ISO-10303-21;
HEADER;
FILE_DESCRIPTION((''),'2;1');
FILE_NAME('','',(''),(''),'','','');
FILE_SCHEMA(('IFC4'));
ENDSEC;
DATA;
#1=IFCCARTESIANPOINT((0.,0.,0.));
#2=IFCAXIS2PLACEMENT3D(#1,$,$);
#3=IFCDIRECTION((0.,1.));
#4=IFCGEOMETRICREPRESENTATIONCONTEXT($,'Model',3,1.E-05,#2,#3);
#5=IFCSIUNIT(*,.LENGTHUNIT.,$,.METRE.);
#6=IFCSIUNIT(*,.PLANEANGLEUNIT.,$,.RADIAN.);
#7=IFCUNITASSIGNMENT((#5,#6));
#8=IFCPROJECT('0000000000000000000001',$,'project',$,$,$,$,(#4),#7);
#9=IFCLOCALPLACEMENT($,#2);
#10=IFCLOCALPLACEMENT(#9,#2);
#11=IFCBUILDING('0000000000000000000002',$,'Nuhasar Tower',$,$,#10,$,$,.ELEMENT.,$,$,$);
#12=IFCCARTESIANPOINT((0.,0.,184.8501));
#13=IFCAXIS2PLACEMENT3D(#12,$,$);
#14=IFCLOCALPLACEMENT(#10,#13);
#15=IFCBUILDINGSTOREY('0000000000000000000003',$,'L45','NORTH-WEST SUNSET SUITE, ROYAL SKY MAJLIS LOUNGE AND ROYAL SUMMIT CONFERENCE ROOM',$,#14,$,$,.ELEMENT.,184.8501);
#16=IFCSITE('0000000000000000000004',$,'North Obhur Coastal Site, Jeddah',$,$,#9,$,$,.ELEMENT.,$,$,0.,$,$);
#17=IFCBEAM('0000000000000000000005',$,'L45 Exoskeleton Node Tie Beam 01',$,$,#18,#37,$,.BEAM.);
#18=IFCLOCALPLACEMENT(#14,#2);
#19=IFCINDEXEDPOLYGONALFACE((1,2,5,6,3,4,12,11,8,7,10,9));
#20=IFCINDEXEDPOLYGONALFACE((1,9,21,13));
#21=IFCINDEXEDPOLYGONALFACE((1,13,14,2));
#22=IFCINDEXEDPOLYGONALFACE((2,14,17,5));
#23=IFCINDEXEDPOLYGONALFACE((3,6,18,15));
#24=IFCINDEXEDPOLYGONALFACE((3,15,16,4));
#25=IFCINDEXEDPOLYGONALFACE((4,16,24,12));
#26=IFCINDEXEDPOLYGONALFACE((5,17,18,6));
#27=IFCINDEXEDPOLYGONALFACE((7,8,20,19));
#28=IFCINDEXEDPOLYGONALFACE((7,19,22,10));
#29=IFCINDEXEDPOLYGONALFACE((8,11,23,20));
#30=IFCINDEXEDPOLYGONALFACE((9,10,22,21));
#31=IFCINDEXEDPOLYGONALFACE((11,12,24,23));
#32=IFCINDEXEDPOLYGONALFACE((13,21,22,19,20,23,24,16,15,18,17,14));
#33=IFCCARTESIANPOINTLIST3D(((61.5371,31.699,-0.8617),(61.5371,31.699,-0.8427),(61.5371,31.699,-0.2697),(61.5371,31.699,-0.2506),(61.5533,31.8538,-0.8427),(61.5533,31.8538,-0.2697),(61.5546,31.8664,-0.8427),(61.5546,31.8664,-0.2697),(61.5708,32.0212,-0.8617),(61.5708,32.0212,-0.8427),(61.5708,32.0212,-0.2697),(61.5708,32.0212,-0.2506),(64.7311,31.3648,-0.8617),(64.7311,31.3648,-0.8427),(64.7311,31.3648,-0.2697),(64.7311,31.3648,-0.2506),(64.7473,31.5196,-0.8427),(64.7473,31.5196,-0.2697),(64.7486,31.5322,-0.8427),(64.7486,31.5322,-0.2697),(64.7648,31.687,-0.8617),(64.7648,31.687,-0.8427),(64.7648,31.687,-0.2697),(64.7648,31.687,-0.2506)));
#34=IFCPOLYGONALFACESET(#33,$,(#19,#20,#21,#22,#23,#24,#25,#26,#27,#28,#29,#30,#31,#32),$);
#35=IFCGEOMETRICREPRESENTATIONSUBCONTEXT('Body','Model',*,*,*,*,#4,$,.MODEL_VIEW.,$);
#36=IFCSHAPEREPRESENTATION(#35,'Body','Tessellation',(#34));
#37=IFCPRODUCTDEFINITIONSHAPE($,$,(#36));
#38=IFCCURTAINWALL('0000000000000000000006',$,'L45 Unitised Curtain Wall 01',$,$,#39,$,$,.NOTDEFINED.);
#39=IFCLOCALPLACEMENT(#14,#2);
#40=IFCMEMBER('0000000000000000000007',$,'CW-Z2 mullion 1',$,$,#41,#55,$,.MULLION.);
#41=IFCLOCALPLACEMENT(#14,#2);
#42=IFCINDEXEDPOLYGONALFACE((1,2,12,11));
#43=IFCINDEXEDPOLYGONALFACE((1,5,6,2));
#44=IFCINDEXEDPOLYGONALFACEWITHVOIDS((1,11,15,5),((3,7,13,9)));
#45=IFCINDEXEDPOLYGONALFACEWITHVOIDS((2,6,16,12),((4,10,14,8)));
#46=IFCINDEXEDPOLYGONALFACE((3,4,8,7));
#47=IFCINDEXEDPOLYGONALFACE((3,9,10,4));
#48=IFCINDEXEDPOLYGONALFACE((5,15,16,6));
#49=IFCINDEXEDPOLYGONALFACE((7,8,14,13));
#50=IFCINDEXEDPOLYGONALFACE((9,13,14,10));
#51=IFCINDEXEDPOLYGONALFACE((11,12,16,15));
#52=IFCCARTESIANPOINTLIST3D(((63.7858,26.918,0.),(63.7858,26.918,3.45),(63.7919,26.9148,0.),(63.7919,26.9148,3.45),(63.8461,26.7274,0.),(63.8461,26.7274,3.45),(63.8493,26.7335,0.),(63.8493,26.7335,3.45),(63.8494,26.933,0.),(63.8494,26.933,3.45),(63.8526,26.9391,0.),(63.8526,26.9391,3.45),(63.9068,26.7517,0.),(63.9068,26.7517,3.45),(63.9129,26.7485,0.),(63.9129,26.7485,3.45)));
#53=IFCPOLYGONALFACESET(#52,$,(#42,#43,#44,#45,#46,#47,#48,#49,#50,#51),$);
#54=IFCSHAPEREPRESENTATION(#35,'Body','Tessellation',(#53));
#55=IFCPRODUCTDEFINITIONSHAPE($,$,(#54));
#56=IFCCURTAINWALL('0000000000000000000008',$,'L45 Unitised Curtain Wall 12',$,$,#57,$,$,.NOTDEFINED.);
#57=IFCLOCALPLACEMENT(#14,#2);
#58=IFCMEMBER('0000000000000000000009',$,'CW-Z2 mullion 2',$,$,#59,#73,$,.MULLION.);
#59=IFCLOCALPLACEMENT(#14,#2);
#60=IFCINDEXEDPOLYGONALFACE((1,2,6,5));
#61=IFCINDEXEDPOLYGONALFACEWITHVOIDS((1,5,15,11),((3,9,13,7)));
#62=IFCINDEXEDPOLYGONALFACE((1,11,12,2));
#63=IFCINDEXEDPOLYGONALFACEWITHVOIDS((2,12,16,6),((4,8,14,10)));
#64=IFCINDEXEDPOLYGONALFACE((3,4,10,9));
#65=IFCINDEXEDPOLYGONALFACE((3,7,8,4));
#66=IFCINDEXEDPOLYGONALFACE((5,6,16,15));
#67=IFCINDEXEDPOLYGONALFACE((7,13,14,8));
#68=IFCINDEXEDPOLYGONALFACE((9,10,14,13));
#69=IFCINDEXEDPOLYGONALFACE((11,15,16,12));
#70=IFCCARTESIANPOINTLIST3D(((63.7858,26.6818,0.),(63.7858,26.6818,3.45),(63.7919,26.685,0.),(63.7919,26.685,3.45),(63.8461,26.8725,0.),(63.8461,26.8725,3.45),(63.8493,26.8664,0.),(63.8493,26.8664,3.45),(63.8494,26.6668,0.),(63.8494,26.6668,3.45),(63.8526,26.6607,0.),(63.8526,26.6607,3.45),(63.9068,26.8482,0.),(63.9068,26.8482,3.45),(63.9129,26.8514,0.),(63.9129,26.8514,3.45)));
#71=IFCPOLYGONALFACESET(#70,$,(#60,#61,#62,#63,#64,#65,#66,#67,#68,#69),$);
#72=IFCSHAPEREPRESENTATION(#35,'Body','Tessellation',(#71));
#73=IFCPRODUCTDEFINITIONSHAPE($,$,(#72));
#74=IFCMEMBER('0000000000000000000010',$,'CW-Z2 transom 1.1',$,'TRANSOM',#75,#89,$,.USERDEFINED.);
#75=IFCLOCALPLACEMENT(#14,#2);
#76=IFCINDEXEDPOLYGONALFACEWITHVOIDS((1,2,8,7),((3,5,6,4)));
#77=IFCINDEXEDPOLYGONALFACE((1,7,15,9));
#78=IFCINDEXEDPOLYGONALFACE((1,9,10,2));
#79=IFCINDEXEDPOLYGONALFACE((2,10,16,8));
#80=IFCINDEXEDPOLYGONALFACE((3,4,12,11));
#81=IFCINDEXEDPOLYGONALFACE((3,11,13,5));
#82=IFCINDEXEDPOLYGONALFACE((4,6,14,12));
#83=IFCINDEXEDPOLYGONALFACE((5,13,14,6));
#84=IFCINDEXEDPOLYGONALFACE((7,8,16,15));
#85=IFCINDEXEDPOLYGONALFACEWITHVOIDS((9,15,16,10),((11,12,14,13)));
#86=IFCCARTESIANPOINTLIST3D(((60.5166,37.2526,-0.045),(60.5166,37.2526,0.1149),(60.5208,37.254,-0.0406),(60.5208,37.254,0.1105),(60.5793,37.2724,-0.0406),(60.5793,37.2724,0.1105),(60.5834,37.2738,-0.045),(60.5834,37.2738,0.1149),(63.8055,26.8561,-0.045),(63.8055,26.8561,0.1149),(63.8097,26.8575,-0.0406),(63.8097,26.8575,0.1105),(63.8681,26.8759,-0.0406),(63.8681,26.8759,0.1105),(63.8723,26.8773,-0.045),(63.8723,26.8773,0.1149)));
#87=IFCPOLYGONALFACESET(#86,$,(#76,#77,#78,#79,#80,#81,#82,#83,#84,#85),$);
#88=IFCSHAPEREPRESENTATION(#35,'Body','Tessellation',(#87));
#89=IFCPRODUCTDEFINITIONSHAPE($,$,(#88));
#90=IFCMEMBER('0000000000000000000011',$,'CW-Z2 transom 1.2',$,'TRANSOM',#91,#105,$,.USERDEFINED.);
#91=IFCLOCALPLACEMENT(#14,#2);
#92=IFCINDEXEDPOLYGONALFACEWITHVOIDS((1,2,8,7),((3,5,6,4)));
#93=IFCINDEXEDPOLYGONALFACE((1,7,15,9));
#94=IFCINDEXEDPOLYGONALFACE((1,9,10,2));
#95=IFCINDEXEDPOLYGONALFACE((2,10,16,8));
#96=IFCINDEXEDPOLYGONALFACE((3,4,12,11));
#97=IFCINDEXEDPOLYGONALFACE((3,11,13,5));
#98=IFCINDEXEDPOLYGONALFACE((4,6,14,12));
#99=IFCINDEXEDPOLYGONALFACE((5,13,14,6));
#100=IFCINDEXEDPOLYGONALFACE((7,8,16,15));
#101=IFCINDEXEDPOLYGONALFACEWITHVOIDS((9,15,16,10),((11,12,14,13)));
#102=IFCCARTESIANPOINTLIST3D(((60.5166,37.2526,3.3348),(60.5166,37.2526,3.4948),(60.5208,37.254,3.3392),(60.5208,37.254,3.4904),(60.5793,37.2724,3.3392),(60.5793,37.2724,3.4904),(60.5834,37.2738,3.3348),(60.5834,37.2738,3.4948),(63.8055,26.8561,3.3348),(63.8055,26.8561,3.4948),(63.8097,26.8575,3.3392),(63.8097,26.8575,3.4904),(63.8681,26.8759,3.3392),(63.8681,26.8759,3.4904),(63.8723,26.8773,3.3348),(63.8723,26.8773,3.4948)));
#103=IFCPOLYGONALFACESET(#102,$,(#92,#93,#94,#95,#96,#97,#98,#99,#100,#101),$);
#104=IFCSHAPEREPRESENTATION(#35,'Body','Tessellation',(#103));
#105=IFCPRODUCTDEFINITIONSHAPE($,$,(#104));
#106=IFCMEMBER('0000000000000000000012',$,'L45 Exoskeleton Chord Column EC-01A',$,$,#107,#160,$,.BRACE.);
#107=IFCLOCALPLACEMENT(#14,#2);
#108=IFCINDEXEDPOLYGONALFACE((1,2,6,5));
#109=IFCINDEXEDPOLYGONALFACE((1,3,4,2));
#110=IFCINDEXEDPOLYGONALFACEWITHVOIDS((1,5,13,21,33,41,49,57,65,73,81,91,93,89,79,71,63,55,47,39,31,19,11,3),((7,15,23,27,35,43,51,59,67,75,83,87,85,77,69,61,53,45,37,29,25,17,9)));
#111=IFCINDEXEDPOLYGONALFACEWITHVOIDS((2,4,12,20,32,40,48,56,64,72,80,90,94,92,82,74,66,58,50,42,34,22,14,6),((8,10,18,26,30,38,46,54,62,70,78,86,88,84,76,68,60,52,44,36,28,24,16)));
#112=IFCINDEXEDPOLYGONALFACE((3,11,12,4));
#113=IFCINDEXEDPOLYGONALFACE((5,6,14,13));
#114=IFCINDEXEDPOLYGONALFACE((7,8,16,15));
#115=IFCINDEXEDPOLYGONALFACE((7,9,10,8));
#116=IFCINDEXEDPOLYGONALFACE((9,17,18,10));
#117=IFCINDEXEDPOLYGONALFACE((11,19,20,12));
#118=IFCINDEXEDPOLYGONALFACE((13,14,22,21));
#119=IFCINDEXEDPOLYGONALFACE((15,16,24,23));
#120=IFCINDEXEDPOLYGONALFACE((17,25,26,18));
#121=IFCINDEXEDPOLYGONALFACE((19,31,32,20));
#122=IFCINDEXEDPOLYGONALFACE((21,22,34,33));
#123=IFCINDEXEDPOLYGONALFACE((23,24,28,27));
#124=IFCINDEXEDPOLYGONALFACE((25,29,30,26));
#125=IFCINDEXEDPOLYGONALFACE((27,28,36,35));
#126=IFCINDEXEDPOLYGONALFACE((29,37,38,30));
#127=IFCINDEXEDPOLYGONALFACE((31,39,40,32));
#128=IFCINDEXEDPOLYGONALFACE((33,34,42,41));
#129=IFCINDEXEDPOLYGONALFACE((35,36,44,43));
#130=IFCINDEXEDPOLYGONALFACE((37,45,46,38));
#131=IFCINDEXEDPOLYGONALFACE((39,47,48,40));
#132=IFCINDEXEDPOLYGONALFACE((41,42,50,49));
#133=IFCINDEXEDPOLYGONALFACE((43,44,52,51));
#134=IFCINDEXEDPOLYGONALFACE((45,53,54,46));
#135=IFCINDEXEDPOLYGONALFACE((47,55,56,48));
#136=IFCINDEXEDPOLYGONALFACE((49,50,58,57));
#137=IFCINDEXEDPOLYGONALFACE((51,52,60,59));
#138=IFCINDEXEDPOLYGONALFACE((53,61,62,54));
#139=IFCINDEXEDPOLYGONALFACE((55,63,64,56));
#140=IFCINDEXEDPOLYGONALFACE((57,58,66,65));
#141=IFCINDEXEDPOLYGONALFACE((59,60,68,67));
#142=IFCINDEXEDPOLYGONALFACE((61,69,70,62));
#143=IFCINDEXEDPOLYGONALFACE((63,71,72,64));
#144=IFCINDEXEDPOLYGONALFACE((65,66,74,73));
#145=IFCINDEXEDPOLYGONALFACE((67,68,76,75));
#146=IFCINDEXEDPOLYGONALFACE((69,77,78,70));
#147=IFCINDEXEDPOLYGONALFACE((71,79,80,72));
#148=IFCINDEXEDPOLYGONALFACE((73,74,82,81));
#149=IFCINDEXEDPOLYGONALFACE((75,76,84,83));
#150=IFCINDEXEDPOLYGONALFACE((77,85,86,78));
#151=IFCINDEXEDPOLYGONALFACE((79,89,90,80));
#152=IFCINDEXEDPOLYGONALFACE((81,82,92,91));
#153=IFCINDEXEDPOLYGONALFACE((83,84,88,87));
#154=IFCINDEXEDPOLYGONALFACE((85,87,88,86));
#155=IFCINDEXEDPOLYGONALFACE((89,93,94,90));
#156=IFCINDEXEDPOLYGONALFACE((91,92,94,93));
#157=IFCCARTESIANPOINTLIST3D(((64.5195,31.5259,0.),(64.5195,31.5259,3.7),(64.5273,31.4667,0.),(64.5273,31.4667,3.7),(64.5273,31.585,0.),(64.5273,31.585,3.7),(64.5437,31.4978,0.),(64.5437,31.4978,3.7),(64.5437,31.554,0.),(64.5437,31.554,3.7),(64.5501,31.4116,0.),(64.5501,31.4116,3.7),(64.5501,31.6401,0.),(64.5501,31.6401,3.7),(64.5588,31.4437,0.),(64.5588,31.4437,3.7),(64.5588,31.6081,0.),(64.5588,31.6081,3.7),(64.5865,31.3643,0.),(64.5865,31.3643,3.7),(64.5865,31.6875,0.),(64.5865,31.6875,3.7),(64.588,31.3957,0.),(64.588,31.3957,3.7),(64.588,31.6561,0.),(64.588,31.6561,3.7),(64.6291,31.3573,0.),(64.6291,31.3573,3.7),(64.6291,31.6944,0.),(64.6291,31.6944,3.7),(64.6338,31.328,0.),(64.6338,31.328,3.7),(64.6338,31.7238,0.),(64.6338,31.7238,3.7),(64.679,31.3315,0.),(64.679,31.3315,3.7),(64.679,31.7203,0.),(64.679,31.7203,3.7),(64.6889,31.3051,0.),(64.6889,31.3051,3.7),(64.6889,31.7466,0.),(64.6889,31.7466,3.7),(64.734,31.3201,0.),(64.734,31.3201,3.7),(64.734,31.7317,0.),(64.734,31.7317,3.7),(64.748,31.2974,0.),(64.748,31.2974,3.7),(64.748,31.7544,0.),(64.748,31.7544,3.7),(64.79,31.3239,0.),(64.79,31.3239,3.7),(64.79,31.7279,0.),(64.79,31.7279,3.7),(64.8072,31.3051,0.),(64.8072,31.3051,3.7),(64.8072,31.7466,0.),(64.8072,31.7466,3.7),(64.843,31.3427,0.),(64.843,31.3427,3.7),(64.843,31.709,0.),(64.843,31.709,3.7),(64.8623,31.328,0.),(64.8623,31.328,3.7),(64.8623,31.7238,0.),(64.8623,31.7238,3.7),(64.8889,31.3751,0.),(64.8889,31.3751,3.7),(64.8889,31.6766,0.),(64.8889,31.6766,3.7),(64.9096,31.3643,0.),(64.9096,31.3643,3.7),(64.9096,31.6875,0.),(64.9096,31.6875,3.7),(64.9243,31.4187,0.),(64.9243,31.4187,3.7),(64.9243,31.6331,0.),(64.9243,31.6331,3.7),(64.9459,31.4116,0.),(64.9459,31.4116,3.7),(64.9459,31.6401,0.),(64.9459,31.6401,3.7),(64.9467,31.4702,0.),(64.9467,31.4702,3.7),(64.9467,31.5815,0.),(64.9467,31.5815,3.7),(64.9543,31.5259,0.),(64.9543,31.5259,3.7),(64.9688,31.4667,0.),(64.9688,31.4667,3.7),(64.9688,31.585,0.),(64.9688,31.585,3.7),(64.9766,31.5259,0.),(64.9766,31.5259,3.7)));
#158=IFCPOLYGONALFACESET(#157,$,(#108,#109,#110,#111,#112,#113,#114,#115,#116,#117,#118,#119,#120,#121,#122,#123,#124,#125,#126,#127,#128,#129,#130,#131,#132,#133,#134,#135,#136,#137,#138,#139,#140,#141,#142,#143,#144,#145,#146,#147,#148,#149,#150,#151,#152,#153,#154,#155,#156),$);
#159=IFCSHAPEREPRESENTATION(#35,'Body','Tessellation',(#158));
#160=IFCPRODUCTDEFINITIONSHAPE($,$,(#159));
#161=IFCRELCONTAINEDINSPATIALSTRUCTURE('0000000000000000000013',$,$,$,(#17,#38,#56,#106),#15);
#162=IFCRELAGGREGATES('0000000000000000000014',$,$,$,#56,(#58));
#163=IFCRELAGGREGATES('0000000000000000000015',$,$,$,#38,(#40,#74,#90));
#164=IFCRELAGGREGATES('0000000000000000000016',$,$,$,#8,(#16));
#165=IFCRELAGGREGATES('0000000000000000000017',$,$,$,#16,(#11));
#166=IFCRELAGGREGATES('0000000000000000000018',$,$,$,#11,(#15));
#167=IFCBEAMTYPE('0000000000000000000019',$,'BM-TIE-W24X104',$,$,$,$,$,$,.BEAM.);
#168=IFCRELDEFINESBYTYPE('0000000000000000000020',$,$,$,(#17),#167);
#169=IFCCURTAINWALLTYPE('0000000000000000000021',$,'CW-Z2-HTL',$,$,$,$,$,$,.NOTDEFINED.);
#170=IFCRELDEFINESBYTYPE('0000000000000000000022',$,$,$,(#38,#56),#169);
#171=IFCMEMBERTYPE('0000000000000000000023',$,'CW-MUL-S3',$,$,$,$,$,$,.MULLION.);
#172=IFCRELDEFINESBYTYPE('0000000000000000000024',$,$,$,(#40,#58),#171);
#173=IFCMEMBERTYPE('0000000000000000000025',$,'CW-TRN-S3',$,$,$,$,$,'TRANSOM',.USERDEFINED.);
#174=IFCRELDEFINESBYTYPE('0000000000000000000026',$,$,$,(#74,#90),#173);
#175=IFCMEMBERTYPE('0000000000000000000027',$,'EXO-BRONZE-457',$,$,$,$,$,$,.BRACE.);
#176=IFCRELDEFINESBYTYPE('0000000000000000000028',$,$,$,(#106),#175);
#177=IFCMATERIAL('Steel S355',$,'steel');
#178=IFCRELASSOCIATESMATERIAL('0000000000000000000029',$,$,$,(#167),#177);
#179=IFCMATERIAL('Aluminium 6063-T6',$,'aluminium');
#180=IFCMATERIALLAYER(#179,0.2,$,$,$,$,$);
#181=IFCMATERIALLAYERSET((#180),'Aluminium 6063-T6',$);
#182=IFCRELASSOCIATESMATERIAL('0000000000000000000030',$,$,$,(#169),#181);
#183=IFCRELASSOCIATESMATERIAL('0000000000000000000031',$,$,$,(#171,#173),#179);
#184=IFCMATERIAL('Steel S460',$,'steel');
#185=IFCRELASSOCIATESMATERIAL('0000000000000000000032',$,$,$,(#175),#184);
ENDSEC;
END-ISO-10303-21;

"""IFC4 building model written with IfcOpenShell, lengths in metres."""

from ifc_helpers import new_model, si_unit, direction, frame, origin, origin_2d, place, context, subcontext, project, spatial, hollow_rectangle, hollow_circle, i_section, extrude, material, layer, layer_set, material_profile, profile_set, type_object, element, aggregate, save


model = new_model("IFC4")

# Units and contexts
model_context = context("Model", 3, precision=1e-05, world=origin(), true_north=direction((0.0, 1.0)))
body_context = subcontext(model_context, "Body", "Model", "MODEL_VIEW")
ifc_project = project(units=[si_unit("LENGTHUNIT", "METRE"), si_unit("PLANEANGLEUNIT", "RADIAN")], contexts=[model_context])

# Site, building, storey
site_placement = place(None, origin())
site = spatial("IfcSite", under=ifc_project, at=site_placement, Name="North Obhur Coastal Site, Jeddah", CompositionType="ELEMENT", RefElevation=0.0)
building_placement = place(site_placement, origin())
building = spatial("IfcBuilding", under=site, at=building_placement, Name="Nuhasar Tower", CompositionType="ELEMENT")
storey_placement = place(building_placement, frame((0.0, 0.0, 184.8501)))
storey = spatial("IfcBuildingStorey", under=building, at=storey_placement, Name="L45", Description="NORTH-WEST SUNSET SUITE, ROYAL SKY MAJLIS LOUNGE AND ROYAL SUMMIT CONFERENCE ROOM", CompositionType="ELEMENT", Elevation=184.8501)

# Beam
ifc_material_1 = material(Name="Steel S355", Category="steel")
ifc_material_profile_1 = material_profile(ifc_material_1, i_section(OverallWidth=0.324, OverallDepth=0.6111, WebThickness=0.0127, FlangeThickness=0.019, at=origin_2d()), Name="W24X104")
ifc_profile_set_1 = profile_set([ifc_material_profile_1], Name="Steel S355")
beam_type_1 = type_object("IfcBeamType", Name="BM-TIE-W24X104", PredefinedType="BEAM", material=ifc_profile_set_1)
beam_1_placement = place(storey_placement, frame((61.554, 31.8601, -0.5562), z_axis=(0.99457, -0.104071, 0.0), x_axis=(0.104071, 0.99457, 0.0)))
element("IfcBeam", 1, at=beam_1_placement, inside=storey, type_object=beam_type_1, Name="L45 Exoskeleton Node Tie Beam 01", PredefinedType="BEAM", context=body_context, shape_type="SweptSolid", body=[
    extrude(i_section(OverallWidth=0.324, OverallDepth=0.6111, WebThickness=0.0127, FlangeThickness=0.019, at=origin_2d()), origin(), (0.0, 0.0, 1.0), 3.2114),
])

# Curtain walls, members
ifc_material_2 = material(Name="Aluminium 6063-T6", Category="aluminium")
ifc_layer_1 = layer(ifc_material_2, 0.2)
ifc_layer_set_1 = layer_set([ifc_layer_1], Name="Aluminium 6063-T6")
curtain_wall_type = type_object("IfcCurtainWallType", Name="CW-Z2-HTL", PredefinedType="NOTDEFINED", material=ifc_layer_set_1)
curtain_wall_1_placement = place(storey_placement, origin())
curtain_wall_1 = element("IfcCurtainWall", 2, at=curtain_wall_1_placement, inside=storey, type_object=curtain_wall_type, Name="L45 Unitised Curtain Wall 01", PredefinedType="NOTDEFINED")
ifc_material_profile_2 = material_profile(ifc_material_2, hollow_rectangle(XDim=0.0701, YDim=0.2, WallThickness=0.0049, at=origin_2d()), Name="CWM-3")
ifc_profile_set_2 = profile_set([ifc_material_profile_2], Name="Aluminium 6063-T6")
member_type_1 = type_object("IfcMemberType", Name="CW-MUL-S3", PredefinedType="MULLION", material=ifc_profile_set_2)
member_1_placement = place(storey_placement, frame((63.8494, 26.8333, 0.0), z_axis=(0.0, 0.0, 1.0), x_axis=(-0.953433, -0.301604, 0.0)))
member_1 = element("IfcMember", 3, at=member_1_placement, type_object=member_type_1, Name="CW-Z2 mullion 1", PredefinedType="MULLION", context=body_context, shape_type="SweptSolid", body=[
    extrude(hollow_rectangle(XDim=0.0701, YDim=0.2, WallThickness=0.0049, at=origin_2d()), origin(), (0.0, 0.0, 1.0), 3.45),
])
curtain_wall_2_placement = place(storey_placement, origin())
curtain_wall_2 = element("IfcCurtainWall", 4, at=curtain_wall_2_placement, inside=storey, type_object=curtain_wall_type, Name="L45 Unitised Curtain Wall 12", PredefinedType="NOTDEFINED")
member_2_placement = place(storey_placement, frame((63.8494, 26.7666, 0.0), z_axis=(0.0, 0.0, 1.0), x_axis=(-0.953433, 0.301604, 0.0)))
member_2 = element("IfcMember", 5, at=member_2_placement, type_object=member_type_1, Name="CW-Z2 mullion 2", PredefinedType="MULLION", context=body_context, shape_type="SweptSolid", body=[
    extrude(hollow_rectangle(XDim=0.0701, YDim=0.2, WallThickness=0.0049, at=origin_2d()), origin(), (0.0, 0.0, 1.0), 3.45),
])
aggregate(curtain_wall_2, [member_2])

# Members
ifc_material_profile_3 = material_profile(ifc_material_2, hollow_rectangle(XDim=0.0701, YDim=0.1599, WallThickness=0.0044, at=origin_2d()), Name="CWT-3")
ifc_profile_set_3 = profile_set([ifc_material_profile_3], Name="Aluminium 6063-T6")
member_type_2 = type_object("IfcMemberType", Name="CW-TRN-S3", ElementType="TRANSOM", PredefinedType="USERDEFINED", material=ifc_profile_set_3)
member_3_placement = place(storey_placement, frame((63.8389, 26.8667, 0.0349), z_axis=(-0.301608, 0.953432, 0.0), x_axis=(-0.953432, -0.301608, 0.0)))
member_3 = element("IfcMember", 6, at=member_3_placement, type_object=member_type_2, Name="CW-Z2 transom 1.1", ObjectType="TRANSOM", PredefinedType="USERDEFINED", context=body_context, shape_type="SweptSolid", body=[
    extrude(hollow_rectangle(XDim=0.0701, YDim=0.1599, WallThickness=0.0044, at=origin_2d()), origin(), (0.0, 0.0, 1.0), 10.9043),
])
member_4_placement = place(storey_placement, frame((63.8389, 26.8667, 3.4148), z_axis=(-0.301608, 0.953432, 0.0), x_axis=(-0.953432, -0.301608, 0.0)))
member_4 = element("IfcMember", 7, at=member_4_placement, type_object=member_type_2, Name="CW-Z2 transom 1.2", ObjectType="TRANSOM", PredefinedType="USERDEFINED", context=body_context, shape_type="SweptSolid", body=[
    extrude(hollow_rectangle(XDim=0.0701, YDim=0.1599, WallThickness=0.0044, at=origin_2d()), origin(), (0.0, 0.0, 1.0), 10.9043),
])

# Member
ifc_material_3 = material(Name="Steel S460", Category="steel")
ifc_material_profile_4 = material_profile(ifc_material_3, hollow_circle(Radius=0.2285, WallThickness=0.0222, at=origin_2d()), Name="HSS457X22.2")
ifc_profile_set_4 = profile_set([ifc_material_profile_4], Name="Steel S460")
member_type_3 = type_object("IfcMemberType", Name="EXO-BRONZE-457", PredefinedType="BRACE", material=ifc_profile_set_4)
for number, where, z_axis, x_axis, name in (
    (8, (64.748, 31.5259, 0.0), (0.0, 0.0, 1.0), (1.0, 0.0, 0.0), "L45 Exoskeleton Chord Column EC-01A"),
):
    element("IfcMember", number, at=place(storey_placement, frame(where, z_axis=z_axis, x_axis=x_axis)), inside=storey, type_object=member_type_3, Name=name, PredefinedType="BRACE", context=body_context, shape_type="SweptSolid", body=[
        extrude(hollow_circle(Radius=0.2285, WallThickness=0.0222, at=origin_2d()), origin(), (0.0, 0.0, 1.0), 3.7),
    ])

aggregate(curtain_wall_1, [member_1, member_3, member_4])

save(model, "model.ifc")
